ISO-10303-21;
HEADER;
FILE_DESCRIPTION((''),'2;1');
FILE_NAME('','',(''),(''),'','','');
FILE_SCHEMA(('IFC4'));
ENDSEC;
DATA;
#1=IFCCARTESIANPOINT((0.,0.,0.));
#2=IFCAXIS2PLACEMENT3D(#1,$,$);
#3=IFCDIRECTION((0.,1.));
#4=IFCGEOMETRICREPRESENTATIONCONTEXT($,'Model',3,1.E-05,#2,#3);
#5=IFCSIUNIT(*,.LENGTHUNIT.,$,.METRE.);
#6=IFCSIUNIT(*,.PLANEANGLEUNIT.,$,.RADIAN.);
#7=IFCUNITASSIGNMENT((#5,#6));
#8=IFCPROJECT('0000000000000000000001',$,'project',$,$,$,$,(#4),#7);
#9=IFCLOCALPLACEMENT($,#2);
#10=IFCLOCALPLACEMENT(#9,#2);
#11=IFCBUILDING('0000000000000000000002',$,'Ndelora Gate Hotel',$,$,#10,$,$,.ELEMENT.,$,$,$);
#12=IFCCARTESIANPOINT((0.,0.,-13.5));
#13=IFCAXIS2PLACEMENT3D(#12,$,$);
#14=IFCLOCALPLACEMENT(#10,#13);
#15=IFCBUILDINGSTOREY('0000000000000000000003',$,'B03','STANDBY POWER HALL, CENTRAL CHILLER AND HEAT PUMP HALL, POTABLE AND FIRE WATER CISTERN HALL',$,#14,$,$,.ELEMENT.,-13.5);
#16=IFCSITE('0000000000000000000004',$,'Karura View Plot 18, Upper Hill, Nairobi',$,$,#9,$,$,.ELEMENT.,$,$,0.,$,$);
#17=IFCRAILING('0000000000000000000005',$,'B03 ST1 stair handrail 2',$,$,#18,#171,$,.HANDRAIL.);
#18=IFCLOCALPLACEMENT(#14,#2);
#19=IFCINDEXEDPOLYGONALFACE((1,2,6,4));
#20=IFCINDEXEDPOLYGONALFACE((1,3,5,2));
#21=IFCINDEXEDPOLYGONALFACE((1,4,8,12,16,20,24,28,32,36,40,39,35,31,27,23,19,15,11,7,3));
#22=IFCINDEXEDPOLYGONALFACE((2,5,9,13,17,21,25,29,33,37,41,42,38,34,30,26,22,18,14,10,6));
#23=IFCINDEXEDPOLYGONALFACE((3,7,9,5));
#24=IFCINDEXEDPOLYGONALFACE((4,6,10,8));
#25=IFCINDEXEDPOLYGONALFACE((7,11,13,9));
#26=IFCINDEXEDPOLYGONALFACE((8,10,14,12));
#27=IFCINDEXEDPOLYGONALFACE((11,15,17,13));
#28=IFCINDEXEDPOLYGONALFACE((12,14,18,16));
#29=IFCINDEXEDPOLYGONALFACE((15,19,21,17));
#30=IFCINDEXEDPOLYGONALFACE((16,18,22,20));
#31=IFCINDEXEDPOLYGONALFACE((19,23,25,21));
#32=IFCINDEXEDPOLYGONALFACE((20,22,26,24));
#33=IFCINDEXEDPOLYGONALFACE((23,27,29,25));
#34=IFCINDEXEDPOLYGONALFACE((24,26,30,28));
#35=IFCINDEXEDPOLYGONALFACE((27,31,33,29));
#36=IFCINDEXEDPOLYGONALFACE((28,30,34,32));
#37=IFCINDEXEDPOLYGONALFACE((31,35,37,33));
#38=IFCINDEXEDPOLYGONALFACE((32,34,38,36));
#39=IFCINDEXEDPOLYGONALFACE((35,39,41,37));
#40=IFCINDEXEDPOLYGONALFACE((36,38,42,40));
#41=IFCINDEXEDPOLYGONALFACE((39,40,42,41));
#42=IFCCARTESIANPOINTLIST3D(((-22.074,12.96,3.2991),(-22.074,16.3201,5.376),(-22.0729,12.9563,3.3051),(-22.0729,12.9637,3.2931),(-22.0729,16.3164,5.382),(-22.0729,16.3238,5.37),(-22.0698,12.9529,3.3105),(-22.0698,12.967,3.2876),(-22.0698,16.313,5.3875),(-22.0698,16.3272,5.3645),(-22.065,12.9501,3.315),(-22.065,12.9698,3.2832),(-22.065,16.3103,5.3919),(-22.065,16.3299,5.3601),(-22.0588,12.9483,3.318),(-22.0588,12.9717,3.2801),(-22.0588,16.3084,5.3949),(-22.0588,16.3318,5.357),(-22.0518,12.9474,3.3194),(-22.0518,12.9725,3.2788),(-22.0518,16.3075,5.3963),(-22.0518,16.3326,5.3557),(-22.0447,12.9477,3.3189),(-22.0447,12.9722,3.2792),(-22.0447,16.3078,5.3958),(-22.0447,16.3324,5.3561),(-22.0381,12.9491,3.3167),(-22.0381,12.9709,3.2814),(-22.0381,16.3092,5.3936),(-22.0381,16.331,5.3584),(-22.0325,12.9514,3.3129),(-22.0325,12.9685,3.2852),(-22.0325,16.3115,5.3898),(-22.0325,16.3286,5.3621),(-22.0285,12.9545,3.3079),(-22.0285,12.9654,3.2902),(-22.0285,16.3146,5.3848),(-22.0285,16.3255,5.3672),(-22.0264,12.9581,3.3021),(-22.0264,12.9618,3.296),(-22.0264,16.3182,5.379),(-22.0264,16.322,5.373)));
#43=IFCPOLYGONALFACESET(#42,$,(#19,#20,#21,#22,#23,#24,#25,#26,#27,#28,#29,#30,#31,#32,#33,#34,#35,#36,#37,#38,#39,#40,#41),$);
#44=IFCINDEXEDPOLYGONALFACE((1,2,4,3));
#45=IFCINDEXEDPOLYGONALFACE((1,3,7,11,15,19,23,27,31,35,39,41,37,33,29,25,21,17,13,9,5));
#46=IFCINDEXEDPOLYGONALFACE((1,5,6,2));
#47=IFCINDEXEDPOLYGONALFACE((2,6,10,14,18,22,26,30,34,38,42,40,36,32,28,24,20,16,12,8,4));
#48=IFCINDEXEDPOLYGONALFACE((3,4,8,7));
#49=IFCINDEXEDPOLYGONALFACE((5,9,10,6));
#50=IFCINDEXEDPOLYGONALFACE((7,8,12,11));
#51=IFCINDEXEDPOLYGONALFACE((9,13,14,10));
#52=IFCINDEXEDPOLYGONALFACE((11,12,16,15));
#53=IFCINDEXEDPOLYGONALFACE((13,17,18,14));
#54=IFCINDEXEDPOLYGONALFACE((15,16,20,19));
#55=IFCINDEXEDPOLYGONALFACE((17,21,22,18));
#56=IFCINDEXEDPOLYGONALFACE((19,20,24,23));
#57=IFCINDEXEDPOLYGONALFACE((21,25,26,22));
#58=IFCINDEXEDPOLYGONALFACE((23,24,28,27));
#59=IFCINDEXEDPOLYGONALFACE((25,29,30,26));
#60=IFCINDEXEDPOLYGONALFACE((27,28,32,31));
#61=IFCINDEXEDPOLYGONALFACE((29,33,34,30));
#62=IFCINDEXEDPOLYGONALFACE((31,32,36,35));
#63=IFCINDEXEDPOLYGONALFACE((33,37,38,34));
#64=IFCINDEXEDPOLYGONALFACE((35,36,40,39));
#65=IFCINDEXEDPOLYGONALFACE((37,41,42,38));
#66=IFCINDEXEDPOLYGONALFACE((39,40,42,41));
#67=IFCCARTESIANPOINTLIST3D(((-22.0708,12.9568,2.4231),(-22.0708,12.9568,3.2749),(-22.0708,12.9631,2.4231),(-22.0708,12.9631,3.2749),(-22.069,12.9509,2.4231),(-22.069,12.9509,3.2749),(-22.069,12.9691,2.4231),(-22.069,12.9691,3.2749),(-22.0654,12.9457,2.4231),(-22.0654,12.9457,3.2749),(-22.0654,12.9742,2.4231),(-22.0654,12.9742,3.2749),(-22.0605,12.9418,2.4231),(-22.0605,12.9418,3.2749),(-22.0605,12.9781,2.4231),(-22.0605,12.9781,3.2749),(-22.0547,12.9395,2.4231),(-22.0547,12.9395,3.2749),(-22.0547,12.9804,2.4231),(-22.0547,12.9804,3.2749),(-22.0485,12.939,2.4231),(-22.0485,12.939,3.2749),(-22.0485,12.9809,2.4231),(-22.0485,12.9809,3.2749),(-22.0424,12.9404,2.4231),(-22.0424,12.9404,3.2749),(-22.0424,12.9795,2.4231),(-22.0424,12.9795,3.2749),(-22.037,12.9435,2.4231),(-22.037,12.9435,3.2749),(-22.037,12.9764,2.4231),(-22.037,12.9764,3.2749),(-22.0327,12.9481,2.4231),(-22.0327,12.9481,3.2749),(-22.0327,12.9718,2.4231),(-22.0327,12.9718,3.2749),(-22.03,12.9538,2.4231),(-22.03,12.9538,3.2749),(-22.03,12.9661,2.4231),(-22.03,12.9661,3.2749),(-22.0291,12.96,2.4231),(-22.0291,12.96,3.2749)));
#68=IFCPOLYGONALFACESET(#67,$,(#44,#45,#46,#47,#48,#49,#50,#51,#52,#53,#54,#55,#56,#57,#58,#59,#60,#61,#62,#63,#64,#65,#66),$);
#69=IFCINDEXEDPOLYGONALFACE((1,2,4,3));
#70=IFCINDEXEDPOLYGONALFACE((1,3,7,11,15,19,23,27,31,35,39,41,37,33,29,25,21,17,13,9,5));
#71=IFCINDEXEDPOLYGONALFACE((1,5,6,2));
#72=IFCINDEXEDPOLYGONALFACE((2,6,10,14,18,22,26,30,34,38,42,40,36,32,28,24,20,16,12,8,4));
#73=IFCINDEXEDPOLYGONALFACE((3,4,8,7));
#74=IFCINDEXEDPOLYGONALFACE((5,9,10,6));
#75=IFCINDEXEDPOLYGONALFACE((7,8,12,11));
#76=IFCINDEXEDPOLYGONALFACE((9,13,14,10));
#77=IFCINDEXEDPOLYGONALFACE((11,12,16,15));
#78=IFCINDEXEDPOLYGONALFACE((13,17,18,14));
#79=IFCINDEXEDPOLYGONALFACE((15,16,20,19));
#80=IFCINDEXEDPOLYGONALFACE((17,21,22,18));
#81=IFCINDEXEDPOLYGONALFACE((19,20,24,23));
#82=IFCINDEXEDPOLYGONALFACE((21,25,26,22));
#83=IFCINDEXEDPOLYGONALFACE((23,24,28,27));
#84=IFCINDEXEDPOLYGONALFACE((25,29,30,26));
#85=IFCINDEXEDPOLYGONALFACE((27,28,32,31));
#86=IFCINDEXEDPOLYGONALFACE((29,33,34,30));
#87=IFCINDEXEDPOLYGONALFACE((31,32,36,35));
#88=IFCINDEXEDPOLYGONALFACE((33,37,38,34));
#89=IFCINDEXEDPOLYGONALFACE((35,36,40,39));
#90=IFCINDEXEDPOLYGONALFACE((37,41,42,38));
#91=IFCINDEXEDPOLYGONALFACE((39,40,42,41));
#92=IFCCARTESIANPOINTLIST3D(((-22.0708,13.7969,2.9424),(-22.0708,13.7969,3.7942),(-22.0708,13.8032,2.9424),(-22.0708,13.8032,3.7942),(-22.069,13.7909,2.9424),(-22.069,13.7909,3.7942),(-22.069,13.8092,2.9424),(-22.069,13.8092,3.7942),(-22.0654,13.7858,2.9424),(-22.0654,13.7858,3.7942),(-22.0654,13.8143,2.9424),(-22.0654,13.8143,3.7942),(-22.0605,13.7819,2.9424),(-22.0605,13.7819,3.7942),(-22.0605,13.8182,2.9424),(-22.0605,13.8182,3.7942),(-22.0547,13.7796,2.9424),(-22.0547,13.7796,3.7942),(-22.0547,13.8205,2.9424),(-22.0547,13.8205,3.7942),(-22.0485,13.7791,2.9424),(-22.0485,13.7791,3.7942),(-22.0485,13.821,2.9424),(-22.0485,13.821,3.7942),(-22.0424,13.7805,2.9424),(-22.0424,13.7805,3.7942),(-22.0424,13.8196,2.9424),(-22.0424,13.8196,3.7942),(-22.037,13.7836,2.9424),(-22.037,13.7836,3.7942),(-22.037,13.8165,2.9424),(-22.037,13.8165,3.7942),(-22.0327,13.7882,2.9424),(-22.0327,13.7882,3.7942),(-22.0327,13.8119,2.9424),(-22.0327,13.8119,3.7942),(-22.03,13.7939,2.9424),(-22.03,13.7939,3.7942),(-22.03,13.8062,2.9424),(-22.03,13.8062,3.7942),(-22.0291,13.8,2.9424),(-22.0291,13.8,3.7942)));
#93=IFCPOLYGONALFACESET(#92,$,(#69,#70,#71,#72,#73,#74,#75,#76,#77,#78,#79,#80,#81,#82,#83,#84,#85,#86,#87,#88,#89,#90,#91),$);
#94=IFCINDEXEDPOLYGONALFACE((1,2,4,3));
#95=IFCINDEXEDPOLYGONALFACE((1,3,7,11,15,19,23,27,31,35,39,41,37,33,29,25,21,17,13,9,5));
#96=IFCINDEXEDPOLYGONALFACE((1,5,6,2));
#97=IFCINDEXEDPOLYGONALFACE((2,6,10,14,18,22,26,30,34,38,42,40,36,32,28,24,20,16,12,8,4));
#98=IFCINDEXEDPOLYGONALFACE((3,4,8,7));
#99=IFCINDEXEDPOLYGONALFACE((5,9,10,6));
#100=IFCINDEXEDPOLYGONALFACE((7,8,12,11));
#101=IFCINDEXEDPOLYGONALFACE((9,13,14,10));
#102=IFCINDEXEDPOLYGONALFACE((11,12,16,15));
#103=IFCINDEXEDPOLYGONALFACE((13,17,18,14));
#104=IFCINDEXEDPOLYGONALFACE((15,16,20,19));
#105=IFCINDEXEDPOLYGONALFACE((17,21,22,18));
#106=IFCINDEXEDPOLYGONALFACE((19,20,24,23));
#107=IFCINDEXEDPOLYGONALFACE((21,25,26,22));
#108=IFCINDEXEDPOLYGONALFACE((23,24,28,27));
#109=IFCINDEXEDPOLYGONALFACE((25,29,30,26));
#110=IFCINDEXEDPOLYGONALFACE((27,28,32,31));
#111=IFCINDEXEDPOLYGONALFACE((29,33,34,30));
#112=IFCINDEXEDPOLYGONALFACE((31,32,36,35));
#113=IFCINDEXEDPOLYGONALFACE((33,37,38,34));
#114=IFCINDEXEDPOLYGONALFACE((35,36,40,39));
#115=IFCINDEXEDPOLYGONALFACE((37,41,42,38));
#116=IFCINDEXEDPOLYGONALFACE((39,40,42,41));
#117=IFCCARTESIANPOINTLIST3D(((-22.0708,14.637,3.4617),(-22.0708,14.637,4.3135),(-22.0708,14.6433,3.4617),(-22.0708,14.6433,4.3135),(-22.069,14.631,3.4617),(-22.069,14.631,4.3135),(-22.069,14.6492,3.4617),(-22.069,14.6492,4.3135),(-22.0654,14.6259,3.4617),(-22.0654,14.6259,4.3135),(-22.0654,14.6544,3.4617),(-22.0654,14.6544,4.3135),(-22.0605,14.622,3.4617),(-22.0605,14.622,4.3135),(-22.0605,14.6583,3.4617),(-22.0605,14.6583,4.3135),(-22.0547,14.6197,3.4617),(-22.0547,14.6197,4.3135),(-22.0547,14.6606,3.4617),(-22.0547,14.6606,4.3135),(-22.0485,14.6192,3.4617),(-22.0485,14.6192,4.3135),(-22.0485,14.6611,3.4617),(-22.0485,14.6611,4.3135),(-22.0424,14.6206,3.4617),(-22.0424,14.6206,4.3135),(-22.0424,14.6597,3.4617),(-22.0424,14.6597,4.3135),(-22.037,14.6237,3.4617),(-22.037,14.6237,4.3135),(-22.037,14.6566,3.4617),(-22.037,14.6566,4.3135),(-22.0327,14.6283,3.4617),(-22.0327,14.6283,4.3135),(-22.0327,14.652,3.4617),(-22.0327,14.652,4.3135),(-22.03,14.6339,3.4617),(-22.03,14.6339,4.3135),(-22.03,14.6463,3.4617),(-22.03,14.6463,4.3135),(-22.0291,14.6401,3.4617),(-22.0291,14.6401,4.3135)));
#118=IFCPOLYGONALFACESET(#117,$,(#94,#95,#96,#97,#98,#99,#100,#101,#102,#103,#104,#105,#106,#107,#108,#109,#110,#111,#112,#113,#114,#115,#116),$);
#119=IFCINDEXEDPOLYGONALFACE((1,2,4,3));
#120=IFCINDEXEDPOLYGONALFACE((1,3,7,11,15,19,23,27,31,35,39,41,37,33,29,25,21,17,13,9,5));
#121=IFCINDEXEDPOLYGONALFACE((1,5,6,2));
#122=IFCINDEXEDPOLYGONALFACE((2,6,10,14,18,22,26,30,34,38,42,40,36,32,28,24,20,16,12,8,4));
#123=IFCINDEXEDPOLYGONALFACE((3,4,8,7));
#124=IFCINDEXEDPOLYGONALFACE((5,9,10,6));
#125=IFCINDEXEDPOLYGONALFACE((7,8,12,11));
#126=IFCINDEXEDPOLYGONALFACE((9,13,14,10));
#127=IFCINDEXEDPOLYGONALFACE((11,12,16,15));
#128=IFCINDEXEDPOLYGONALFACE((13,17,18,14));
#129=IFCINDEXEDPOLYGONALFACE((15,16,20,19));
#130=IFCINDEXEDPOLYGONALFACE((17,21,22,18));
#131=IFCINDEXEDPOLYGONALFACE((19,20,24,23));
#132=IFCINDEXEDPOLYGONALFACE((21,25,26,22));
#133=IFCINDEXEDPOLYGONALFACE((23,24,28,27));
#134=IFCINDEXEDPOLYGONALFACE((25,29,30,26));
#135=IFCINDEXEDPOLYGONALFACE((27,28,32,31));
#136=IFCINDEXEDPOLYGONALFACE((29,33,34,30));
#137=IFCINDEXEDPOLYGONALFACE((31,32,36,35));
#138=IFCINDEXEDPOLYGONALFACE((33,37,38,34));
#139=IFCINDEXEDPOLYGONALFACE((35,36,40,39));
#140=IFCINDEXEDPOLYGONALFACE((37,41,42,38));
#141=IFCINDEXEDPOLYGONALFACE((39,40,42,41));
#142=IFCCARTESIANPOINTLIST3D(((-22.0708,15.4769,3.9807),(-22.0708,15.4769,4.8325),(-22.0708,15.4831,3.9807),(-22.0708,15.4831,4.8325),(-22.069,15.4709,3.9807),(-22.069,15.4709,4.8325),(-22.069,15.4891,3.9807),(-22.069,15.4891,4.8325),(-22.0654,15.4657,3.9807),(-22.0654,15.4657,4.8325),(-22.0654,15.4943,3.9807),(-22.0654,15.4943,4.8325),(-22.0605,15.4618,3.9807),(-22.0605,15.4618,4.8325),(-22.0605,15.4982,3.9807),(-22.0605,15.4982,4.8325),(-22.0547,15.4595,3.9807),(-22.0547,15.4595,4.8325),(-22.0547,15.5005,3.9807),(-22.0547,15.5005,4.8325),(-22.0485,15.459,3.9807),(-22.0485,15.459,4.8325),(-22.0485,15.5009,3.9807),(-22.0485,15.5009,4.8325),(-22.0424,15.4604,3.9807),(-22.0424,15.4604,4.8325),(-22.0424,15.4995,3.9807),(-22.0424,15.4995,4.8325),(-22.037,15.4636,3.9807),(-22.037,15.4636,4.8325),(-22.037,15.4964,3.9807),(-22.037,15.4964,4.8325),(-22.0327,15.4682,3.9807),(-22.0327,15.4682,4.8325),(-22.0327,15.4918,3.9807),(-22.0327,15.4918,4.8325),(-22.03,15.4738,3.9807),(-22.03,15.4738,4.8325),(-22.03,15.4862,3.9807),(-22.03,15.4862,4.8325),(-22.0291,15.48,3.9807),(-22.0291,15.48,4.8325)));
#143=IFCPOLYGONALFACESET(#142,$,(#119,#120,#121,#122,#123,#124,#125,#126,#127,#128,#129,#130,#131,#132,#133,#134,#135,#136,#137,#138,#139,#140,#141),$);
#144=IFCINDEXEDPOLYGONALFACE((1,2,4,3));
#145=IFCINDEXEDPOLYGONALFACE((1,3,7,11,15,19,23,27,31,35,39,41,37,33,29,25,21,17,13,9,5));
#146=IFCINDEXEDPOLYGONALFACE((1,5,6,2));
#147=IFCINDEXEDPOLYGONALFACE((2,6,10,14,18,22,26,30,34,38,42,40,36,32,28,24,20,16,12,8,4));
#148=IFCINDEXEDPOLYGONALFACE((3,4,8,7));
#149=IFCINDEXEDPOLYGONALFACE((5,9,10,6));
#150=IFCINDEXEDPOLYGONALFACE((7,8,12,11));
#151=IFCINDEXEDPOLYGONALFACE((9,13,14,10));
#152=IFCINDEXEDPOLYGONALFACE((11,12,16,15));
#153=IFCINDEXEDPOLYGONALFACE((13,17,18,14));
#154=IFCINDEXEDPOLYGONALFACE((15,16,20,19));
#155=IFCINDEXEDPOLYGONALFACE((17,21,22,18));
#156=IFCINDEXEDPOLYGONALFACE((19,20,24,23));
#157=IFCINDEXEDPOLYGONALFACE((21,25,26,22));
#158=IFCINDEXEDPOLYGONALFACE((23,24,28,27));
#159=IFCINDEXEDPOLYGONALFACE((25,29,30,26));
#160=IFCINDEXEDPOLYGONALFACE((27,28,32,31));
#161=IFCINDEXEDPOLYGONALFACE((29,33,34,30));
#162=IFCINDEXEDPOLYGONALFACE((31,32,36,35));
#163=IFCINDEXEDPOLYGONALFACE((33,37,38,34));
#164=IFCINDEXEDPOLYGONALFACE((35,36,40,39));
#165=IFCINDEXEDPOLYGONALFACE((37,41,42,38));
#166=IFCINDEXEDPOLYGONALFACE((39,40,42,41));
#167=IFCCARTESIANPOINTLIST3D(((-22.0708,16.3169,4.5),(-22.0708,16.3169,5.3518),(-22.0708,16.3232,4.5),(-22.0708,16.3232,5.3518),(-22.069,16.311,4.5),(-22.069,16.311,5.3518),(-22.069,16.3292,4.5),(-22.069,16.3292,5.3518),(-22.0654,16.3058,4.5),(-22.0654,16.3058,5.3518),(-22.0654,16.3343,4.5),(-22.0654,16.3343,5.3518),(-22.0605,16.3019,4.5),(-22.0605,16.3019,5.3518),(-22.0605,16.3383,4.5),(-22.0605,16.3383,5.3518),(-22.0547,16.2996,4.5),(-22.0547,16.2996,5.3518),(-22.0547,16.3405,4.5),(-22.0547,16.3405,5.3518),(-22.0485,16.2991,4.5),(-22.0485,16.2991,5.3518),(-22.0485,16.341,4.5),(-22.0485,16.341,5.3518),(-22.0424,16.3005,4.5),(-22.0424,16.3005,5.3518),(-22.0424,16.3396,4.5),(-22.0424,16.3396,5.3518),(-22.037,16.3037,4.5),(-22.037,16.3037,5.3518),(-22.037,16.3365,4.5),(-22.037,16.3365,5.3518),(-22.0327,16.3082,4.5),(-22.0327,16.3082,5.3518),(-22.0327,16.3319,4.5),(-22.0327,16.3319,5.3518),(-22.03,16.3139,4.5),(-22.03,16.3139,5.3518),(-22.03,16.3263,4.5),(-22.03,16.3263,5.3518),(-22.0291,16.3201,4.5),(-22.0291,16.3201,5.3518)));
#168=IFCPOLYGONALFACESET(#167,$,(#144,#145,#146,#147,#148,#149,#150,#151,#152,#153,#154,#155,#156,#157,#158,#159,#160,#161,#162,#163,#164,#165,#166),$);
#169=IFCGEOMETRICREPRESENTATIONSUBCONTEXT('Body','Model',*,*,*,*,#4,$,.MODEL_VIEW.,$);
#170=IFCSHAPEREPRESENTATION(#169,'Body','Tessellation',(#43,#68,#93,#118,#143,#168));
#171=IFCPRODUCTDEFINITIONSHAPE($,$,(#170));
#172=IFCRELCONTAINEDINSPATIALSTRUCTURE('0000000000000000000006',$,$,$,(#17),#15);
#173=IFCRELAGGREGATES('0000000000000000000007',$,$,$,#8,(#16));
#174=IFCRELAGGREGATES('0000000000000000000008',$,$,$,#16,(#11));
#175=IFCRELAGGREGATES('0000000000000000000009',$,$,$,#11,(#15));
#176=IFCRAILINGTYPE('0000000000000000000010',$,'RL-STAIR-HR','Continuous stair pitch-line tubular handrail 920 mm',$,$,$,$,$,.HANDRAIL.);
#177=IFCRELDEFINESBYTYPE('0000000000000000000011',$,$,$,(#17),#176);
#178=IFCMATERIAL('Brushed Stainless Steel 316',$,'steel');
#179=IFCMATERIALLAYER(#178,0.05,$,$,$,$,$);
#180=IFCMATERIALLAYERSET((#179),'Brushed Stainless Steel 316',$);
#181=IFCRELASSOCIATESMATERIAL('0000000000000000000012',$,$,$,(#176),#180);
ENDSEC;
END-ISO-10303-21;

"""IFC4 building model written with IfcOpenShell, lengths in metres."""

from ifc_helpers import new_model, si_unit, direction, frame, origin, origin_2d, place, context, subcontext, project, spatial, circle, extrude, material, layer, layer_set, type_object, element, save


model = new_model("IFC4")

# Units and contexts
model_context = context("Model", 3, precision=1e-05, world=origin(), true_north=direction((0.0, 1.0)))
body_context = subcontext(model_context, "Body", "Model", "MODEL_VIEW")
ifc_project = project(units=[si_unit("LENGTHUNIT", "METRE"), si_unit("PLANEANGLEUNIT", "RADIAN")], contexts=[model_context])

# Site, building, storey
site_placement = place(None, origin())
site = spatial("IfcSite", under=ifc_project, at=site_placement, Name="Karura View Plot 18, Upper Hill, Nairobi", CompositionType="ELEMENT", RefElevation=0.0)
building_placement = place(site_placement, origin())
building = spatial("IfcBuilding", under=site, at=building_placement, Name="Ndelora Gate Hotel", CompositionType="ELEMENT")
storey_placement = place(building_placement, frame((0.0, 0.0, -13.5)))
storey = spatial("IfcBuildingStorey", under=building, at=storey_placement, Name="B03", Description="STANDBY POWER HALL, CENTRAL CHILLER AND HEAT PUMP HALL, POTABLE AND FIRE WATER CISTERN HALL", CompositionType="ELEMENT", Elevation=-13.5)

# Railing
ifc_material_1 = material(Name="Brushed Stainless Steel 316", Category="steel")
ifc_layer_1 = layer(ifc_material_1, 0.05)
ifc_layer_set_1 = layer_set([ifc_layer_1], Name="Brushed Stainless Steel 316")
railing_type_1 = type_object("IfcRailingType", Name="RL-STAIR-HR", Description="Continuous stair pitch-line tubular handrail 920 mm", PredefinedType="HANDRAIL", material=ifc_layer_set_1)
railing_1_placement = place(storey_placement, frame((-22.05, 12.96, 2.4231)))
element("IfcRailing", 1, at=railing_1_placement, inside=storey, type_object=railing_type_1, Name="B03 ST1 stair handrail 2", PredefinedType="HANDRAIL", context=body_context, shape_type="SweptSolid", body=[
    extrude(circle(Radius=0.0239, at=origin_2d()), frame((0.0, 0.0, 0.876), z_axis=(0.0, 0.850623, 0.525776), x_axis=(-1.0, 0.0, 0.0)), (0.0, 0.0, 1.0), 3.9502),
    extrude(circle(Radius=0.021, at=origin_2d()), origin(), (0.0, 0.0, 1.0), 0.8518),
    extrude(circle(Radius=0.021, at=origin_2d()), frame((0.0, 0.8401, 0.5193)), (0.0, 0.0, 1.0), 0.8518),
    extrude(circle(Radius=0.021, at=origin_2d()), frame((0.0, 1.6802, 1.0386)), (0.0, 0.0, 1.0), 0.8518),
    extrude(circle(Radius=0.021, at=origin_2d()), frame((0.0, 2.52, 1.5576)), (0.0, 0.0, 1.0), 0.8518),
    extrude(circle(Radius=0.021, at=origin_2d()), frame((0.0, 3.3601, 2.0769)), (0.0, 0.0, 1.0), 0.8518),
])

save(model, "model.ifc")
